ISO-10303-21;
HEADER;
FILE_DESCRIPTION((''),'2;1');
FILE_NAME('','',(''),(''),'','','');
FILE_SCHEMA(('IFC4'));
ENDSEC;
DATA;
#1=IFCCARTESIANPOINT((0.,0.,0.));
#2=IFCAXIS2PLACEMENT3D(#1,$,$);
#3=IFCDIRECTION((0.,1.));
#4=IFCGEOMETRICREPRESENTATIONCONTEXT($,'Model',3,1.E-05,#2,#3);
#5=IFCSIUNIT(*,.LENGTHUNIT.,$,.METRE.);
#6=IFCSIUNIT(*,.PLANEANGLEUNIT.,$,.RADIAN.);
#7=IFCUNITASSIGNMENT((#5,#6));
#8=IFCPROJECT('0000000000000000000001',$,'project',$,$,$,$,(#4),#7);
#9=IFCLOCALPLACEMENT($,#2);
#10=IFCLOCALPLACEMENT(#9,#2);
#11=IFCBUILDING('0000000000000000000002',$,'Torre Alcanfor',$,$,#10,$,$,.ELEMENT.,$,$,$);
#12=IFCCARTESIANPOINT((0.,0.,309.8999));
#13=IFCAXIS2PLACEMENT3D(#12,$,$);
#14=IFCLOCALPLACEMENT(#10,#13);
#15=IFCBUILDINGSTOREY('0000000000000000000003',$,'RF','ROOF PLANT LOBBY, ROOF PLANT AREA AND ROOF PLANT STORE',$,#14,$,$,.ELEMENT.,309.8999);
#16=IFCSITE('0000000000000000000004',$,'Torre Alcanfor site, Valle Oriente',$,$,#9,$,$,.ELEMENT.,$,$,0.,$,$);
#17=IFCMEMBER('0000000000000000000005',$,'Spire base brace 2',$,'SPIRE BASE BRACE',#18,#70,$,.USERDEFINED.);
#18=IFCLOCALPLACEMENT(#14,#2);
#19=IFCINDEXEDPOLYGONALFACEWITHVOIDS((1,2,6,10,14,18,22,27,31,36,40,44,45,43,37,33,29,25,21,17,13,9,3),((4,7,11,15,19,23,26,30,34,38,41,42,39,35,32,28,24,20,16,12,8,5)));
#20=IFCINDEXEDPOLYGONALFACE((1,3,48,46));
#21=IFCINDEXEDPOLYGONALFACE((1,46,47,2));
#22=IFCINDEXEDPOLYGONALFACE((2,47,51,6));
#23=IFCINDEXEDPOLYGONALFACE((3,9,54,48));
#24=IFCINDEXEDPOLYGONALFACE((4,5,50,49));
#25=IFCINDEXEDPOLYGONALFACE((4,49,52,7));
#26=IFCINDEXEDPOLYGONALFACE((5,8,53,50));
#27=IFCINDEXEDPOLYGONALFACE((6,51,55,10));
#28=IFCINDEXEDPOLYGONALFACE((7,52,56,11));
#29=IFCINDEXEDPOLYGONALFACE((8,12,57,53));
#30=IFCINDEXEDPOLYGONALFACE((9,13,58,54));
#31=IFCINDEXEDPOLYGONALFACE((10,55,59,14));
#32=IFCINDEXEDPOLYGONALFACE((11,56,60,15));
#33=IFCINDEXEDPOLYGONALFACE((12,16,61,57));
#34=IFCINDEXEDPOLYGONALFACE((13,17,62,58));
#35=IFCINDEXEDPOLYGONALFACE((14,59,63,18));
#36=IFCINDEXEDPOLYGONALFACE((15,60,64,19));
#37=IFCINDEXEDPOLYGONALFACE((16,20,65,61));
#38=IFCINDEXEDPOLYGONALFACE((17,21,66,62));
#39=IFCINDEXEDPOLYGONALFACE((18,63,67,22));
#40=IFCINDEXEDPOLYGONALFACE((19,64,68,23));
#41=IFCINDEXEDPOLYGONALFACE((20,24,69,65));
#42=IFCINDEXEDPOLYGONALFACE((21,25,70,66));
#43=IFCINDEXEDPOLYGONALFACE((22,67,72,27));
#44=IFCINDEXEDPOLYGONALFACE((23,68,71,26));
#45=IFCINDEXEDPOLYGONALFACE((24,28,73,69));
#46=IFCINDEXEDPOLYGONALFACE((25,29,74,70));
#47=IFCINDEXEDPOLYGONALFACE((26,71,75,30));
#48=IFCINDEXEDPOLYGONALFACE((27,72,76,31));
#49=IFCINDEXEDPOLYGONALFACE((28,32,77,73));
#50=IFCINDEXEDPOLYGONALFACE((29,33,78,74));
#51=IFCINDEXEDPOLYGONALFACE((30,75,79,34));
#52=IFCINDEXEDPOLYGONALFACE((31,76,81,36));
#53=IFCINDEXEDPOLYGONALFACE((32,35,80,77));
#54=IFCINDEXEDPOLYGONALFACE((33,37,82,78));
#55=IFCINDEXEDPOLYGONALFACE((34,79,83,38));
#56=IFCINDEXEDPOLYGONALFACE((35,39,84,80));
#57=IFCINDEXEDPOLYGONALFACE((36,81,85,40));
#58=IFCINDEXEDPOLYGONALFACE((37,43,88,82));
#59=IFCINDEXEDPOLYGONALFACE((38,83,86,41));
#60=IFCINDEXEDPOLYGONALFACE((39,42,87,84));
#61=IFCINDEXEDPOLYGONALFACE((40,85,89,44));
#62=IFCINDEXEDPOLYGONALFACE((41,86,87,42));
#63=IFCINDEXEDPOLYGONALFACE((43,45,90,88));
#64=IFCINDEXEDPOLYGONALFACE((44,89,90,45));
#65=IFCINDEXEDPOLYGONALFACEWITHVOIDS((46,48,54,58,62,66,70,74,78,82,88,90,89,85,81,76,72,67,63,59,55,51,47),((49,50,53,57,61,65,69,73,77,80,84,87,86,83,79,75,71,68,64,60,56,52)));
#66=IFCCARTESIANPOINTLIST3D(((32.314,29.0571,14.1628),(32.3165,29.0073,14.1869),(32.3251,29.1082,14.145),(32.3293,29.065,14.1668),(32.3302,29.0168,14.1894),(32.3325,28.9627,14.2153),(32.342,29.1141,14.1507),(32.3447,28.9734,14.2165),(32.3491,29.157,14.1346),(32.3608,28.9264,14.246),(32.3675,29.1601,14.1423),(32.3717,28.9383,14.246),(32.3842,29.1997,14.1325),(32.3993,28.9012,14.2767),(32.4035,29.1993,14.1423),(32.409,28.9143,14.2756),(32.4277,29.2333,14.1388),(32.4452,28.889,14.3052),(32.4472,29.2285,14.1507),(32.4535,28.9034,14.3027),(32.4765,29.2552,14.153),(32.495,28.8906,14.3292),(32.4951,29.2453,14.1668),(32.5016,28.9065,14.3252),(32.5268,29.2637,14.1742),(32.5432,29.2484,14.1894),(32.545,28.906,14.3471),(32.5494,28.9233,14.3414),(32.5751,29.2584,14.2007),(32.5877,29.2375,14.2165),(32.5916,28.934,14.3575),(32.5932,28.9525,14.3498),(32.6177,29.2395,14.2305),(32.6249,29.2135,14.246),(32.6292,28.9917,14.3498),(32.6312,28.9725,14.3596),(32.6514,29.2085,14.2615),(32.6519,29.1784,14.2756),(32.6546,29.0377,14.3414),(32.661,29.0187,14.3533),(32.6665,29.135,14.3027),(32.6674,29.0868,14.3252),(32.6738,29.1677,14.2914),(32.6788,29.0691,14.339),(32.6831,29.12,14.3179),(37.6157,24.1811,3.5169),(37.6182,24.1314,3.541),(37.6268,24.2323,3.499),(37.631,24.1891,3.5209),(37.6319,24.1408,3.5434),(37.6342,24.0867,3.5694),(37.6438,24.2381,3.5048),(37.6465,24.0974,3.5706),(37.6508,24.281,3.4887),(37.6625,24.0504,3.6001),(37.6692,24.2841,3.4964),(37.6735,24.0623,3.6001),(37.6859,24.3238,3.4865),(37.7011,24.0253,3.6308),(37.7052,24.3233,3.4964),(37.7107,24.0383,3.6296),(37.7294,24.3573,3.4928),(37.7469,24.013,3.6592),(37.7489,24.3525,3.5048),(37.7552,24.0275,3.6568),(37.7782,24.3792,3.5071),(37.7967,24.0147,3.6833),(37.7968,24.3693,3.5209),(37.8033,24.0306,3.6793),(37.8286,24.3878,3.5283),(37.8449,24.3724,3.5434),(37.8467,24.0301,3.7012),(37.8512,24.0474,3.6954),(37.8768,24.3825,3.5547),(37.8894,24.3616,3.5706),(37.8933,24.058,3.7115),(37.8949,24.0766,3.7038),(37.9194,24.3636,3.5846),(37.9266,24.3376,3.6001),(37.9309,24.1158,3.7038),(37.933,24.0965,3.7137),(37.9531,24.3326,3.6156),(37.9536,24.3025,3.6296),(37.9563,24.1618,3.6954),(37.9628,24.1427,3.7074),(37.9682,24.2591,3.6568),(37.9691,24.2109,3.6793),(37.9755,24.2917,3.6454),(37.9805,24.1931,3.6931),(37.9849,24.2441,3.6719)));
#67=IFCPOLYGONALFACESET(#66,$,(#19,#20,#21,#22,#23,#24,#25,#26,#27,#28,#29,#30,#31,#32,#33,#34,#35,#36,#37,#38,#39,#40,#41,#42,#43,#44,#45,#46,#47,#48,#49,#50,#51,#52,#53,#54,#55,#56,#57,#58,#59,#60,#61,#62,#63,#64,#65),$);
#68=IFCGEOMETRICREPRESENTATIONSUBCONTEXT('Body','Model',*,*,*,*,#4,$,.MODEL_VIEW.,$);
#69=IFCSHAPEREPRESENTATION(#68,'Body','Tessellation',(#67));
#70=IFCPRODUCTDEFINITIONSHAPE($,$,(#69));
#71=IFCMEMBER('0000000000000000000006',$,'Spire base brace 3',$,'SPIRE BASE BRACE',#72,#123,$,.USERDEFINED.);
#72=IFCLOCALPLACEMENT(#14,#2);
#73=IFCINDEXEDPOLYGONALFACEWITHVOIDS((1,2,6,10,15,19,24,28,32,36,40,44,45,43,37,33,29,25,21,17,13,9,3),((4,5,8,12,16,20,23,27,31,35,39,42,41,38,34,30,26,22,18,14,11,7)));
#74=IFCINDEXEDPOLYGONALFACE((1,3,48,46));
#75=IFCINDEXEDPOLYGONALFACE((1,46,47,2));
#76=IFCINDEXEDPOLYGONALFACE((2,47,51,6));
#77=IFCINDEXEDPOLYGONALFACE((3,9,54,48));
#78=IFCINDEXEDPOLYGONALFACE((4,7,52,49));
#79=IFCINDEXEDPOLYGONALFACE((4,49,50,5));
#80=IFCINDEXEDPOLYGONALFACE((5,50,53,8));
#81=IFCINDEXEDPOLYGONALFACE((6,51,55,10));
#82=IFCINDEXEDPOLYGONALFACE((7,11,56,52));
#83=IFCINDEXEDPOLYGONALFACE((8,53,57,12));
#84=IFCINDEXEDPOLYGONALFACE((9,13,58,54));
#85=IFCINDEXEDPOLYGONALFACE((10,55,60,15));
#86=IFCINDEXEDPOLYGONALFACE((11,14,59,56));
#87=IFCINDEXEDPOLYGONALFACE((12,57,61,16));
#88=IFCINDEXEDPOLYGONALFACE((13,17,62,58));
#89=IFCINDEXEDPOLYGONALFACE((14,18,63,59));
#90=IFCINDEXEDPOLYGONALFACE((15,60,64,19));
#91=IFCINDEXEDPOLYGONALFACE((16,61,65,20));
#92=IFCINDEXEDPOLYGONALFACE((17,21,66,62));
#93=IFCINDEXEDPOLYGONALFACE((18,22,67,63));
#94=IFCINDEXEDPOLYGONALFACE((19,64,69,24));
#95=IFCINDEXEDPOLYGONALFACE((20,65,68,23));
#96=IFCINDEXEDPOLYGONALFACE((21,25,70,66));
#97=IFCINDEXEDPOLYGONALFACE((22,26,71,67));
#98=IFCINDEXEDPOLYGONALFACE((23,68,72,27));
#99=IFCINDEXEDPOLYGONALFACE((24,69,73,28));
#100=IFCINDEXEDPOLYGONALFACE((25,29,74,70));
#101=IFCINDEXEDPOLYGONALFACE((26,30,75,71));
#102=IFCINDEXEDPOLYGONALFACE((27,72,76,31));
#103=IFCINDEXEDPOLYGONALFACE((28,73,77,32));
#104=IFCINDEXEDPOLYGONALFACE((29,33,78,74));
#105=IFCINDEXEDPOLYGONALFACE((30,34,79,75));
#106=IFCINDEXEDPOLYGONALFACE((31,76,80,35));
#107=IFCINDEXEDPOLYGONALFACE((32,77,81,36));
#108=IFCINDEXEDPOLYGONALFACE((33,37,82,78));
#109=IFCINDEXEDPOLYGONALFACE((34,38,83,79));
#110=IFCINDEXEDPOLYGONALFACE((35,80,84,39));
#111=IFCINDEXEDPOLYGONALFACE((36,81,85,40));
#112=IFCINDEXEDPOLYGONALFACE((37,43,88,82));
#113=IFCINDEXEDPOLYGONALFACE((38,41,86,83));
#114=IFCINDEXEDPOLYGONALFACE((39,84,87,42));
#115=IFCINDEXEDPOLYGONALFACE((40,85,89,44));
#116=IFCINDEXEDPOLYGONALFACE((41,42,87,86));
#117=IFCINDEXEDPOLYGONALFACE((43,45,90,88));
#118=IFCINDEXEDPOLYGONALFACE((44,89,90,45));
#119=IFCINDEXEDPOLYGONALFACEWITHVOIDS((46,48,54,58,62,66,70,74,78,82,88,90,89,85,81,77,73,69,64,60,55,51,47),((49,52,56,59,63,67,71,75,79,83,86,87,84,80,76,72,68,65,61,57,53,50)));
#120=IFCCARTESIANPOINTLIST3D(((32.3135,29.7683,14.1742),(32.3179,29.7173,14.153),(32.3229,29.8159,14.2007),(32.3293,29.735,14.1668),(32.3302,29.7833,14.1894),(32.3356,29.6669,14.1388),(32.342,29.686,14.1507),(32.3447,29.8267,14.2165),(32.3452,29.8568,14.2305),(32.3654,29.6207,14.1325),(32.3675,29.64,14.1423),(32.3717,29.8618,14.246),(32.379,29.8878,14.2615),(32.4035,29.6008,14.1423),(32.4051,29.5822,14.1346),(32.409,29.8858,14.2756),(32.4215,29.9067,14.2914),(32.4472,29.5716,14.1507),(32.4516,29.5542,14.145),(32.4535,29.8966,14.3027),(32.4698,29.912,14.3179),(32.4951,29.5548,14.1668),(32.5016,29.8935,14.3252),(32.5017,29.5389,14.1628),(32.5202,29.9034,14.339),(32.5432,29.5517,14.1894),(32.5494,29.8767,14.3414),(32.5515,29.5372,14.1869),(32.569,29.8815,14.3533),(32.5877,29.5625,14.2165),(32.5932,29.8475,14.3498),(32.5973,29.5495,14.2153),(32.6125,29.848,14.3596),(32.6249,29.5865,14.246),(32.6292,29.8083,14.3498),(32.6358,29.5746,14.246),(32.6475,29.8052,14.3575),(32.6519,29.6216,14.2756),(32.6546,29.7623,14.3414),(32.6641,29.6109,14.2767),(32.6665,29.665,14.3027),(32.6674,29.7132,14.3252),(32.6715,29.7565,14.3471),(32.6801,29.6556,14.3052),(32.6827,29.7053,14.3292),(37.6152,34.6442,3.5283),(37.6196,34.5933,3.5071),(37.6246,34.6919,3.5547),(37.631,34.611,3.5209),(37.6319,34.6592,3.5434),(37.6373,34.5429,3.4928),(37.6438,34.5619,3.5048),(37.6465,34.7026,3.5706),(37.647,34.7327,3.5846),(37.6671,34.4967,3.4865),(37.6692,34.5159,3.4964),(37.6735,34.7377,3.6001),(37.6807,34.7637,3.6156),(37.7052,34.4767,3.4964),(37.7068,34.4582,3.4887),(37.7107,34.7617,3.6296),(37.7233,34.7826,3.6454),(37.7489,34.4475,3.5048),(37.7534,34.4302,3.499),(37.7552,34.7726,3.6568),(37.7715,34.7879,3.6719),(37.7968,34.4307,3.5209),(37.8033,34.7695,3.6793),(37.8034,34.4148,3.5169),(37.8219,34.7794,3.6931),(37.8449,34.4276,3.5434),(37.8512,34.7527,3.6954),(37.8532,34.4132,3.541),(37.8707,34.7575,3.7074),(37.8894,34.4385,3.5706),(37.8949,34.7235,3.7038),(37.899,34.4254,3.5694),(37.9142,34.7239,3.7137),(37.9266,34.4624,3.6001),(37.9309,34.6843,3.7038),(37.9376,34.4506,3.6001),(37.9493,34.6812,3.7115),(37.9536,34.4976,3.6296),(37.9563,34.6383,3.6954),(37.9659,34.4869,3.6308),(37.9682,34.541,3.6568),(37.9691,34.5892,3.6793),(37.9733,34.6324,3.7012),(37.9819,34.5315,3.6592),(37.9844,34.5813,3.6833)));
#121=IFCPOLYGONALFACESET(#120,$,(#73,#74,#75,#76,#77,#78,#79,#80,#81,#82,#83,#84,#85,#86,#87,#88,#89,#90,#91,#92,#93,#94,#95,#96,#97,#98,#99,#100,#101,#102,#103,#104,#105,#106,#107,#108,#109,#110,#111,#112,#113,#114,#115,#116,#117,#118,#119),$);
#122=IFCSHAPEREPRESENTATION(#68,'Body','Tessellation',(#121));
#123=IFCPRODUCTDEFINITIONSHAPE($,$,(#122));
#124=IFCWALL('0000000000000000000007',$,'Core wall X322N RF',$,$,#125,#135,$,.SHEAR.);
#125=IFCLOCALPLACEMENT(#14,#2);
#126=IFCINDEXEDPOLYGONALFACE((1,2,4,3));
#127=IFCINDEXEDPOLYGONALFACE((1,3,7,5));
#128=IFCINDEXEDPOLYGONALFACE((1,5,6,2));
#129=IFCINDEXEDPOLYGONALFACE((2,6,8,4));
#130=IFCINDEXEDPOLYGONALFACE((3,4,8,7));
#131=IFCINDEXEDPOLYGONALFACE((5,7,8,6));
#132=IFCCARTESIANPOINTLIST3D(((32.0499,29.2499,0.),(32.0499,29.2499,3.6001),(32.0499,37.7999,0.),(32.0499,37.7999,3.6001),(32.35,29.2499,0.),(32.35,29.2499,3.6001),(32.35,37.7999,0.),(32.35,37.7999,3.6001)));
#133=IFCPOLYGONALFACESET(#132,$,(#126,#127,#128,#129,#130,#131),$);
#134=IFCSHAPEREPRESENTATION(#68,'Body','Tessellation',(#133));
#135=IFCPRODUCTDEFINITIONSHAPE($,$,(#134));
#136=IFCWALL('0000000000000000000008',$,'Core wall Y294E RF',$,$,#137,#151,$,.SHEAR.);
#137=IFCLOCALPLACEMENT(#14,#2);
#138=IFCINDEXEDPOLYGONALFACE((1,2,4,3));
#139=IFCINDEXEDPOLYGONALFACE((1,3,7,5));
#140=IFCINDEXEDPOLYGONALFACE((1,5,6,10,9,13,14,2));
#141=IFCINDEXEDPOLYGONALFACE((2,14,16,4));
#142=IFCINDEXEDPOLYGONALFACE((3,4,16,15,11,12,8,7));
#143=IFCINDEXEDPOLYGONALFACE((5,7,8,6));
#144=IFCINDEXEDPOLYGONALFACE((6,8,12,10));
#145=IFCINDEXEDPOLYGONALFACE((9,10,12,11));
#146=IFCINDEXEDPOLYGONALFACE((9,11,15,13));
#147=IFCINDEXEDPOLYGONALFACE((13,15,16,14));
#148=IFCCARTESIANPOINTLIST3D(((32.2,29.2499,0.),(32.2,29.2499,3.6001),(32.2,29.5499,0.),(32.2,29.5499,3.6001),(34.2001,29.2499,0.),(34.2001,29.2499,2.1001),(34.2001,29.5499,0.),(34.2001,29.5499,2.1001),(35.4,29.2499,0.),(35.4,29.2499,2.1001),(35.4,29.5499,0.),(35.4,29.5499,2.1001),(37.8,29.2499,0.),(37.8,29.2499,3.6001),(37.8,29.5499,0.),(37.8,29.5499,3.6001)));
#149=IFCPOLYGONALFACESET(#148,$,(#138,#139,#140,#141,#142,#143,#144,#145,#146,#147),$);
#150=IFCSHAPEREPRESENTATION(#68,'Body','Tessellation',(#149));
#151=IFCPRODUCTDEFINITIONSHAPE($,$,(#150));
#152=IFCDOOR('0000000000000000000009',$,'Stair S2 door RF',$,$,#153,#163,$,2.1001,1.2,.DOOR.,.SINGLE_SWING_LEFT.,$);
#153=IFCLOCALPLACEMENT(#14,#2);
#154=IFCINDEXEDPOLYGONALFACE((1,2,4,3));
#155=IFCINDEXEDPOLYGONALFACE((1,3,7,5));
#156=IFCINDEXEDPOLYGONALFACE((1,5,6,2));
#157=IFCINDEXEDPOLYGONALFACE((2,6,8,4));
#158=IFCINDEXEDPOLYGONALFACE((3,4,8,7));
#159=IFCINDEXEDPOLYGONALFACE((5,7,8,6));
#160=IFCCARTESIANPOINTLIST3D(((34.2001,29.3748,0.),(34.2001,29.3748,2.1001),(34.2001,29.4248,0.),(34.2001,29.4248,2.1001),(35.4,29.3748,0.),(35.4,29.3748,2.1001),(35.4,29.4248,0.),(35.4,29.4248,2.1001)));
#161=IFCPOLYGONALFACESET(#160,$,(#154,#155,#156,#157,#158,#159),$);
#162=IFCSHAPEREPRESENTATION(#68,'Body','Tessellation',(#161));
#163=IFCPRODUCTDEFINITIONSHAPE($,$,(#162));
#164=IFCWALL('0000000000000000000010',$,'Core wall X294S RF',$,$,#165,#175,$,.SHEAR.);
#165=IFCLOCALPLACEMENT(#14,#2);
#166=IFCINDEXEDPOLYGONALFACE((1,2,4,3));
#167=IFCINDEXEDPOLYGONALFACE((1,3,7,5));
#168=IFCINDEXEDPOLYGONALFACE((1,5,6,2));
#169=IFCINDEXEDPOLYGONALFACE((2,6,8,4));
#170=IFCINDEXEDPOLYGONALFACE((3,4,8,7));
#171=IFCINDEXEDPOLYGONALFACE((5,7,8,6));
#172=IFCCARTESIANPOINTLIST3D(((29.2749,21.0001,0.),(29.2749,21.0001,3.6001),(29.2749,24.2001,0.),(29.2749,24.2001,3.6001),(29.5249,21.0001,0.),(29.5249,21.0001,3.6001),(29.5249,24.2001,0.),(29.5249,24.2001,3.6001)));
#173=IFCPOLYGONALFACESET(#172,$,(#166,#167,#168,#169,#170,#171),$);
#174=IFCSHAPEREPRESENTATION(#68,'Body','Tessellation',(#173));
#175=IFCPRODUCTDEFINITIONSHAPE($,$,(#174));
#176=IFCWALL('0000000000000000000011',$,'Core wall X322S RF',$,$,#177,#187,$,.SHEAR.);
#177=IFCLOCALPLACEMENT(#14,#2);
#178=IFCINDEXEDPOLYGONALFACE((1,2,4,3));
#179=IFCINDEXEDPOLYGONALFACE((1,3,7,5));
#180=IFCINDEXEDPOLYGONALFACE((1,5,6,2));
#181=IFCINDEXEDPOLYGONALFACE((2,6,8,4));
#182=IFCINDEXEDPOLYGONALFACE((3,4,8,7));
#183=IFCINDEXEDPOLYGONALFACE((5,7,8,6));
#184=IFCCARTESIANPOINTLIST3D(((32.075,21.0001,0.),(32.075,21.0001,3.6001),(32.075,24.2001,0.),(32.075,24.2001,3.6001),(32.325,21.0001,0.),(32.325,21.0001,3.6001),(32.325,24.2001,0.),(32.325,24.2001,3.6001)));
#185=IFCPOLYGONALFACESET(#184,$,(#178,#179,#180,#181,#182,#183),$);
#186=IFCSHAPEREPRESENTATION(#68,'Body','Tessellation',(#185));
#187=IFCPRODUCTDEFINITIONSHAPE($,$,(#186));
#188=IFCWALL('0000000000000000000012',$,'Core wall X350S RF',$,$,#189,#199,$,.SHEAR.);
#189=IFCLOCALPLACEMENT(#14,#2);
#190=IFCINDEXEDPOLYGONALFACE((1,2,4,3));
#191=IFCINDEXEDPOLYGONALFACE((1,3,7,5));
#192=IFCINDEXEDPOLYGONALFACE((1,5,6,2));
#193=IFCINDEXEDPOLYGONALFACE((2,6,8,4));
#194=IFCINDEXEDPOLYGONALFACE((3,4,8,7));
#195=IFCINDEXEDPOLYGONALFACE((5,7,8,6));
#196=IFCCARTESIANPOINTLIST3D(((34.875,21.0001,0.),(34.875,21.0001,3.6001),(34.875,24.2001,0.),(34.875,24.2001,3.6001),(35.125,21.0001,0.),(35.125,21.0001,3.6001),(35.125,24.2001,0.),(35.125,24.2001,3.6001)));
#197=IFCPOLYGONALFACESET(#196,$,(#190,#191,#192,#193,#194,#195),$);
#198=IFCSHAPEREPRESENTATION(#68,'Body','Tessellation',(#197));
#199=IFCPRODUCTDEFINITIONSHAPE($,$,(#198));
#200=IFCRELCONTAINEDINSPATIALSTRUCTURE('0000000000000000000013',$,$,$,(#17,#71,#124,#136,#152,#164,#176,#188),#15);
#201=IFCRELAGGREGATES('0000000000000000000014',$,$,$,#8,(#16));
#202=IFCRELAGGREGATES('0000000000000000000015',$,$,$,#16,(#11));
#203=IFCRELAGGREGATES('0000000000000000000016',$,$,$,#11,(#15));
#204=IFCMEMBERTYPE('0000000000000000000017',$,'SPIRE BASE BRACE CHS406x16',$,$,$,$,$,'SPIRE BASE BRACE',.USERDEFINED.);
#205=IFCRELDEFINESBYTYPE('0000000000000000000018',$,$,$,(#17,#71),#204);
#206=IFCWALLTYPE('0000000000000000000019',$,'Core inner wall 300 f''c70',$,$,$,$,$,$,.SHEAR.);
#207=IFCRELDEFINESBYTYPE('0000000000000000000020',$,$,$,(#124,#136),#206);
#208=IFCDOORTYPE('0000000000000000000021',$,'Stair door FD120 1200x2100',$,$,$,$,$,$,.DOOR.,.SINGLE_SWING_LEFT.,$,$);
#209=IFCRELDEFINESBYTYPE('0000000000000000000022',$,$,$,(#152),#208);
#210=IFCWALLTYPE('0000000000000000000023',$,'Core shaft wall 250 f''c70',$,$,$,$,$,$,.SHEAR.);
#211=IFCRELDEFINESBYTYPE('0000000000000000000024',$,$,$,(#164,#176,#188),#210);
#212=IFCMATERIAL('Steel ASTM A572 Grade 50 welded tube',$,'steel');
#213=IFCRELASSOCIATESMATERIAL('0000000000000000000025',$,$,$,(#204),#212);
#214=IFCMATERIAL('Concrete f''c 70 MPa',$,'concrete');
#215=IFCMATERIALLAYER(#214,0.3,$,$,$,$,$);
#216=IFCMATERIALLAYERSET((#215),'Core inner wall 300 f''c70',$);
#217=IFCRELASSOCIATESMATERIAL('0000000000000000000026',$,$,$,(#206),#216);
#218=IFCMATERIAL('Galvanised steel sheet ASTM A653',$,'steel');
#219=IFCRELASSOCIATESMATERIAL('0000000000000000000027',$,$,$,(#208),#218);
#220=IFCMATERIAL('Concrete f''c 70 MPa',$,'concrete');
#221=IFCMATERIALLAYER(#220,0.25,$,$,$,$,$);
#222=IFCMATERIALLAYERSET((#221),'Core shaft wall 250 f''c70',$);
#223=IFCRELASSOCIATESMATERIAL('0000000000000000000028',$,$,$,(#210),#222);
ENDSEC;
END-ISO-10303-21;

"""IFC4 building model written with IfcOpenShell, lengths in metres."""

from ifc_helpers import new_model, si_unit, direction, frame, frame_2d, origin, origin_2d, place, context, subcontext, project, spatial, rectangle, hollow_circle, extrude, material, layer, layer_set, material_profile, profile_set, type_object, element, fill, save


model = new_model("IFC4")

# Units and contexts
model_context = context("Model", 3, precision=1e-05, world=origin(), true_north=direction((0.0, 1.0)))
body_context = subcontext(model_context, "Body", "Model", "MODEL_VIEW")
ifc_project = project(units=[si_unit("LENGTHUNIT", "METRE"), si_unit("PLANEANGLEUNIT", "RADIAN")], contexts=[model_context])

# Site, building, storey
site_placement = place(None, origin())
site = spatial("IfcSite", under=ifc_project, at=site_placement, Name="Torre Alcanfor site, Valle Oriente", CompositionType="ELEMENT", RefElevation=0.0)
building_placement = place(site_placement, origin())
building = spatial("IfcBuilding", under=site, at=building_placement, Name="Torre Alcanfor", CompositionType="ELEMENT")
storey_placement = place(building_placement, frame((0.0, 0.0, 309.8999)))
storey = spatial("IfcBuildingStorey", under=building, at=storey_placement, Name="RF", Description="ROOF PLANT LOBBY, ROOF PLANT AREA AND ROOF PLANT STORE", CompositionType="ELEMENT", Elevation=309.8999)

# Members
ifc_material_1 = material(Name="Steel ASTM A572 Grade 50 welded tube", Category="steel")
ifc_material_profile_1 = material_profile(ifc_material_1, hollow_circle(Radius=0.2031, WallThickness=0.0161, at=origin_2d()), Name="CHS 406.4x16")
ifc_profile_set_1 = profile_set([ifc_material_profile_1], Name="Steel ASTM A572 Grade 50 welded tube")
member_type = type_object("IfcMemberType", Name="SPIRE BASE BRACE CHS406x16", ElementType="SPIRE BASE BRACE", PredefinedType="USERDEFINED", material=ifc_profile_set_1)
for number, where, z_axis, x_axis, name in (
    (1, (37.8, 24.2, 3.6001), (-0.412465, 0.37934, 0.828235), (-0.676933, -0.736044, 0.0), "Spire base brace 2"),
    (2, (37.8, 34.6001, 3.6001), (-0.412465, -0.37934, 0.828235), (0.676933, -0.736044, 0.0), "Spire base brace 3"),
):
    element("IfcMember", number, at=place(storey_placement, frame(where, z_axis=z_axis, x_axis=x_axis)), inside=storey, type_object=member_type, Name=name, ObjectType="SPIRE BASE BRACE", PredefinedType="USERDEFINED", context=body_context, shape_type="SweptSolid", body=[
        extrude(hollow_circle(Radius=0.2031, WallThickness=0.0161, at=origin_2d()), origin(), (0.0, 0.0, 1.0), 12.8538),
    ])

# Wall
ifc_material_2 = material(Name="Concrete f'c 70 MPa", Category="concrete")
ifc_layer_1 = layer(ifc_material_2, 0.3)
ifc_layer_set_1 = layer_set([ifc_layer_1], Name="Core inner wall 300 f'c70")
wall_type_1 = type_object("IfcWallType", Name="Core inner wall 300 f'c70", PredefinedType="SHEAR", material=ifc_layer_set_1)
wall_1_placement = place(storey_placement, frame((32.2, 29.25, 0.0), z_axis=(0.0, 0.0, 1.0), x_axis=(0.0, 1.0, 0.0)))
element("IfcWall", 3, at=wall_1_placement, inside=storey, type_object=wall_type_1, Name="Core wall X322N RF", PredefinedType="SHEAR", context=body_context, shape_type="SweptSolid", body=[
    extrude(rectangle(XDim=8.55, YDim=0.3, at=frame_2d((4.2749, 0.0))), origin(), (0.0, 0.0, 1.0), 3.6001),
])

# Wall, opening, door
wall_2_placement = place(storey_placement, frame((32.2, 29.3999, 0.0), z_axis=(0.0, 0.0, 1.0), x_axis=(1.0, 0.0, 0.0)))
wall_2 = element("IfcWall", 4, at=wall_2_placement, inside=storey, type_object=wall_type_1, Name="Core wall Y294E RF", PredefinedType="SHEAR", context=body_context, shape_type="SweptSolid", body=[
    extrude(rectangle(XDim=5.6001, YDim=0.3, at=frame_2d((2.8, 0.0))), origin(), (0.0, 0.0, 1.0), 3.6001),
])
opening_1_placement = place(wall_2_placement, frame((2.0, 0.0, 0.0)))
opening_1 = element("IfcOpeningElement", 5, at=opening_1_placement, cuts=wall_2, PredefinedType="OPENING", context=body_context, shape_type="SweptSolid", body=[
    extrude(rectangle(XDim=1.2, YDim=2.1001, at=frame_2d((0.6001, 1.05))), frame((0.0, 0.1599, 0.0), z_axis=(0.0, -1.0, 0.0), x_axis=(1.0, 0.0, 0.0)), (0.0, 0.0, 1.0), 0.3201),
])
ifc_material_3 = material(Name="Galvanised steel sheet ASTM A653", Category="steel")
door_type_1 = type_object("IfcDoorType", Name="Stair door FD120 1200x2100", OperationType="SINGLE_SWING_LEFT", PredefinedType="DOOR", material=ifc_material_3)
door_1_placement = place(opening_1_placement, origin())
door_1 = element("IfcDoor", 6, at=door_1_placement, inside=storey, type_object=door_type_1, Name="Stair S2 door RF", OperationType="SINGLE_SWING_LEFT", OverallHeight=2.1001, OverallWidth=1.2, PredefinedType="DOOR", context=body_context, shape_type="SweptSolid", body=[
    extrude(rectangle(XDim=1.2, YDim=2.1001, at=frame_2d((0.6001, 1.05))), frame((0.0, 0.0249, 0.0), z_axis=(0.0, -1.0, 0.0), x_axis=(1.0, 0.0, 0.0)), (0.0, 0.0, 1.0), 0.05),
])
fill(opening_1, door_1)

# Walls
ifc_material_4 = material(Name="Concrete f'c 70 MPa", Category="concrete")
ifc_layer_2 = layer(ifc_material_4, 0.25)
ifc_layer_set_2 = layer_set([ifc_layer_2], Name="Core shaft wall 250 f'c70")
wall_type_2 = type_object("IfcWallType", Name="Core shaft wall 250 f'c70", PredefinedType="SHEAR", material=ifc_layer_set_2)
for number, where, z_axis, x_axis, name in (
    (7, (29.3999, 21.0, 0.0), (0.0, 0.0, 1.0), (0.0, 1.0, 0.0), "Core wall X294S RF"),
    (8, (32.2, 21.0, 0.0), (0.0, 0.0, 1.0), (0.0, 1.0, 0.0), "Core wall X322S RF"),
    (9, (35.0, 21.0, 0.0), (0.0, 0.0, 1.0), (0.0, 1.0, 0.0), "Core wall X350S RF"),
):
    element("IfcWall", number, at=place(storey_placement, frame(where, z_axis=z_axis, x_axis=x_axis)), inside=storey, type_object=wall_type_2, Name=name, PredefinedType="SHEAR", context=body_context, shape_type="SweptSolid", body=[
        extrude(rectangle(XDim=3.2, YDim=0.25, at=frame_2d((1.6001, 0.0))), origin(), (0.0, 0.0, 1.0), 3.6001),
    ])

save(model, "model.ifc")
